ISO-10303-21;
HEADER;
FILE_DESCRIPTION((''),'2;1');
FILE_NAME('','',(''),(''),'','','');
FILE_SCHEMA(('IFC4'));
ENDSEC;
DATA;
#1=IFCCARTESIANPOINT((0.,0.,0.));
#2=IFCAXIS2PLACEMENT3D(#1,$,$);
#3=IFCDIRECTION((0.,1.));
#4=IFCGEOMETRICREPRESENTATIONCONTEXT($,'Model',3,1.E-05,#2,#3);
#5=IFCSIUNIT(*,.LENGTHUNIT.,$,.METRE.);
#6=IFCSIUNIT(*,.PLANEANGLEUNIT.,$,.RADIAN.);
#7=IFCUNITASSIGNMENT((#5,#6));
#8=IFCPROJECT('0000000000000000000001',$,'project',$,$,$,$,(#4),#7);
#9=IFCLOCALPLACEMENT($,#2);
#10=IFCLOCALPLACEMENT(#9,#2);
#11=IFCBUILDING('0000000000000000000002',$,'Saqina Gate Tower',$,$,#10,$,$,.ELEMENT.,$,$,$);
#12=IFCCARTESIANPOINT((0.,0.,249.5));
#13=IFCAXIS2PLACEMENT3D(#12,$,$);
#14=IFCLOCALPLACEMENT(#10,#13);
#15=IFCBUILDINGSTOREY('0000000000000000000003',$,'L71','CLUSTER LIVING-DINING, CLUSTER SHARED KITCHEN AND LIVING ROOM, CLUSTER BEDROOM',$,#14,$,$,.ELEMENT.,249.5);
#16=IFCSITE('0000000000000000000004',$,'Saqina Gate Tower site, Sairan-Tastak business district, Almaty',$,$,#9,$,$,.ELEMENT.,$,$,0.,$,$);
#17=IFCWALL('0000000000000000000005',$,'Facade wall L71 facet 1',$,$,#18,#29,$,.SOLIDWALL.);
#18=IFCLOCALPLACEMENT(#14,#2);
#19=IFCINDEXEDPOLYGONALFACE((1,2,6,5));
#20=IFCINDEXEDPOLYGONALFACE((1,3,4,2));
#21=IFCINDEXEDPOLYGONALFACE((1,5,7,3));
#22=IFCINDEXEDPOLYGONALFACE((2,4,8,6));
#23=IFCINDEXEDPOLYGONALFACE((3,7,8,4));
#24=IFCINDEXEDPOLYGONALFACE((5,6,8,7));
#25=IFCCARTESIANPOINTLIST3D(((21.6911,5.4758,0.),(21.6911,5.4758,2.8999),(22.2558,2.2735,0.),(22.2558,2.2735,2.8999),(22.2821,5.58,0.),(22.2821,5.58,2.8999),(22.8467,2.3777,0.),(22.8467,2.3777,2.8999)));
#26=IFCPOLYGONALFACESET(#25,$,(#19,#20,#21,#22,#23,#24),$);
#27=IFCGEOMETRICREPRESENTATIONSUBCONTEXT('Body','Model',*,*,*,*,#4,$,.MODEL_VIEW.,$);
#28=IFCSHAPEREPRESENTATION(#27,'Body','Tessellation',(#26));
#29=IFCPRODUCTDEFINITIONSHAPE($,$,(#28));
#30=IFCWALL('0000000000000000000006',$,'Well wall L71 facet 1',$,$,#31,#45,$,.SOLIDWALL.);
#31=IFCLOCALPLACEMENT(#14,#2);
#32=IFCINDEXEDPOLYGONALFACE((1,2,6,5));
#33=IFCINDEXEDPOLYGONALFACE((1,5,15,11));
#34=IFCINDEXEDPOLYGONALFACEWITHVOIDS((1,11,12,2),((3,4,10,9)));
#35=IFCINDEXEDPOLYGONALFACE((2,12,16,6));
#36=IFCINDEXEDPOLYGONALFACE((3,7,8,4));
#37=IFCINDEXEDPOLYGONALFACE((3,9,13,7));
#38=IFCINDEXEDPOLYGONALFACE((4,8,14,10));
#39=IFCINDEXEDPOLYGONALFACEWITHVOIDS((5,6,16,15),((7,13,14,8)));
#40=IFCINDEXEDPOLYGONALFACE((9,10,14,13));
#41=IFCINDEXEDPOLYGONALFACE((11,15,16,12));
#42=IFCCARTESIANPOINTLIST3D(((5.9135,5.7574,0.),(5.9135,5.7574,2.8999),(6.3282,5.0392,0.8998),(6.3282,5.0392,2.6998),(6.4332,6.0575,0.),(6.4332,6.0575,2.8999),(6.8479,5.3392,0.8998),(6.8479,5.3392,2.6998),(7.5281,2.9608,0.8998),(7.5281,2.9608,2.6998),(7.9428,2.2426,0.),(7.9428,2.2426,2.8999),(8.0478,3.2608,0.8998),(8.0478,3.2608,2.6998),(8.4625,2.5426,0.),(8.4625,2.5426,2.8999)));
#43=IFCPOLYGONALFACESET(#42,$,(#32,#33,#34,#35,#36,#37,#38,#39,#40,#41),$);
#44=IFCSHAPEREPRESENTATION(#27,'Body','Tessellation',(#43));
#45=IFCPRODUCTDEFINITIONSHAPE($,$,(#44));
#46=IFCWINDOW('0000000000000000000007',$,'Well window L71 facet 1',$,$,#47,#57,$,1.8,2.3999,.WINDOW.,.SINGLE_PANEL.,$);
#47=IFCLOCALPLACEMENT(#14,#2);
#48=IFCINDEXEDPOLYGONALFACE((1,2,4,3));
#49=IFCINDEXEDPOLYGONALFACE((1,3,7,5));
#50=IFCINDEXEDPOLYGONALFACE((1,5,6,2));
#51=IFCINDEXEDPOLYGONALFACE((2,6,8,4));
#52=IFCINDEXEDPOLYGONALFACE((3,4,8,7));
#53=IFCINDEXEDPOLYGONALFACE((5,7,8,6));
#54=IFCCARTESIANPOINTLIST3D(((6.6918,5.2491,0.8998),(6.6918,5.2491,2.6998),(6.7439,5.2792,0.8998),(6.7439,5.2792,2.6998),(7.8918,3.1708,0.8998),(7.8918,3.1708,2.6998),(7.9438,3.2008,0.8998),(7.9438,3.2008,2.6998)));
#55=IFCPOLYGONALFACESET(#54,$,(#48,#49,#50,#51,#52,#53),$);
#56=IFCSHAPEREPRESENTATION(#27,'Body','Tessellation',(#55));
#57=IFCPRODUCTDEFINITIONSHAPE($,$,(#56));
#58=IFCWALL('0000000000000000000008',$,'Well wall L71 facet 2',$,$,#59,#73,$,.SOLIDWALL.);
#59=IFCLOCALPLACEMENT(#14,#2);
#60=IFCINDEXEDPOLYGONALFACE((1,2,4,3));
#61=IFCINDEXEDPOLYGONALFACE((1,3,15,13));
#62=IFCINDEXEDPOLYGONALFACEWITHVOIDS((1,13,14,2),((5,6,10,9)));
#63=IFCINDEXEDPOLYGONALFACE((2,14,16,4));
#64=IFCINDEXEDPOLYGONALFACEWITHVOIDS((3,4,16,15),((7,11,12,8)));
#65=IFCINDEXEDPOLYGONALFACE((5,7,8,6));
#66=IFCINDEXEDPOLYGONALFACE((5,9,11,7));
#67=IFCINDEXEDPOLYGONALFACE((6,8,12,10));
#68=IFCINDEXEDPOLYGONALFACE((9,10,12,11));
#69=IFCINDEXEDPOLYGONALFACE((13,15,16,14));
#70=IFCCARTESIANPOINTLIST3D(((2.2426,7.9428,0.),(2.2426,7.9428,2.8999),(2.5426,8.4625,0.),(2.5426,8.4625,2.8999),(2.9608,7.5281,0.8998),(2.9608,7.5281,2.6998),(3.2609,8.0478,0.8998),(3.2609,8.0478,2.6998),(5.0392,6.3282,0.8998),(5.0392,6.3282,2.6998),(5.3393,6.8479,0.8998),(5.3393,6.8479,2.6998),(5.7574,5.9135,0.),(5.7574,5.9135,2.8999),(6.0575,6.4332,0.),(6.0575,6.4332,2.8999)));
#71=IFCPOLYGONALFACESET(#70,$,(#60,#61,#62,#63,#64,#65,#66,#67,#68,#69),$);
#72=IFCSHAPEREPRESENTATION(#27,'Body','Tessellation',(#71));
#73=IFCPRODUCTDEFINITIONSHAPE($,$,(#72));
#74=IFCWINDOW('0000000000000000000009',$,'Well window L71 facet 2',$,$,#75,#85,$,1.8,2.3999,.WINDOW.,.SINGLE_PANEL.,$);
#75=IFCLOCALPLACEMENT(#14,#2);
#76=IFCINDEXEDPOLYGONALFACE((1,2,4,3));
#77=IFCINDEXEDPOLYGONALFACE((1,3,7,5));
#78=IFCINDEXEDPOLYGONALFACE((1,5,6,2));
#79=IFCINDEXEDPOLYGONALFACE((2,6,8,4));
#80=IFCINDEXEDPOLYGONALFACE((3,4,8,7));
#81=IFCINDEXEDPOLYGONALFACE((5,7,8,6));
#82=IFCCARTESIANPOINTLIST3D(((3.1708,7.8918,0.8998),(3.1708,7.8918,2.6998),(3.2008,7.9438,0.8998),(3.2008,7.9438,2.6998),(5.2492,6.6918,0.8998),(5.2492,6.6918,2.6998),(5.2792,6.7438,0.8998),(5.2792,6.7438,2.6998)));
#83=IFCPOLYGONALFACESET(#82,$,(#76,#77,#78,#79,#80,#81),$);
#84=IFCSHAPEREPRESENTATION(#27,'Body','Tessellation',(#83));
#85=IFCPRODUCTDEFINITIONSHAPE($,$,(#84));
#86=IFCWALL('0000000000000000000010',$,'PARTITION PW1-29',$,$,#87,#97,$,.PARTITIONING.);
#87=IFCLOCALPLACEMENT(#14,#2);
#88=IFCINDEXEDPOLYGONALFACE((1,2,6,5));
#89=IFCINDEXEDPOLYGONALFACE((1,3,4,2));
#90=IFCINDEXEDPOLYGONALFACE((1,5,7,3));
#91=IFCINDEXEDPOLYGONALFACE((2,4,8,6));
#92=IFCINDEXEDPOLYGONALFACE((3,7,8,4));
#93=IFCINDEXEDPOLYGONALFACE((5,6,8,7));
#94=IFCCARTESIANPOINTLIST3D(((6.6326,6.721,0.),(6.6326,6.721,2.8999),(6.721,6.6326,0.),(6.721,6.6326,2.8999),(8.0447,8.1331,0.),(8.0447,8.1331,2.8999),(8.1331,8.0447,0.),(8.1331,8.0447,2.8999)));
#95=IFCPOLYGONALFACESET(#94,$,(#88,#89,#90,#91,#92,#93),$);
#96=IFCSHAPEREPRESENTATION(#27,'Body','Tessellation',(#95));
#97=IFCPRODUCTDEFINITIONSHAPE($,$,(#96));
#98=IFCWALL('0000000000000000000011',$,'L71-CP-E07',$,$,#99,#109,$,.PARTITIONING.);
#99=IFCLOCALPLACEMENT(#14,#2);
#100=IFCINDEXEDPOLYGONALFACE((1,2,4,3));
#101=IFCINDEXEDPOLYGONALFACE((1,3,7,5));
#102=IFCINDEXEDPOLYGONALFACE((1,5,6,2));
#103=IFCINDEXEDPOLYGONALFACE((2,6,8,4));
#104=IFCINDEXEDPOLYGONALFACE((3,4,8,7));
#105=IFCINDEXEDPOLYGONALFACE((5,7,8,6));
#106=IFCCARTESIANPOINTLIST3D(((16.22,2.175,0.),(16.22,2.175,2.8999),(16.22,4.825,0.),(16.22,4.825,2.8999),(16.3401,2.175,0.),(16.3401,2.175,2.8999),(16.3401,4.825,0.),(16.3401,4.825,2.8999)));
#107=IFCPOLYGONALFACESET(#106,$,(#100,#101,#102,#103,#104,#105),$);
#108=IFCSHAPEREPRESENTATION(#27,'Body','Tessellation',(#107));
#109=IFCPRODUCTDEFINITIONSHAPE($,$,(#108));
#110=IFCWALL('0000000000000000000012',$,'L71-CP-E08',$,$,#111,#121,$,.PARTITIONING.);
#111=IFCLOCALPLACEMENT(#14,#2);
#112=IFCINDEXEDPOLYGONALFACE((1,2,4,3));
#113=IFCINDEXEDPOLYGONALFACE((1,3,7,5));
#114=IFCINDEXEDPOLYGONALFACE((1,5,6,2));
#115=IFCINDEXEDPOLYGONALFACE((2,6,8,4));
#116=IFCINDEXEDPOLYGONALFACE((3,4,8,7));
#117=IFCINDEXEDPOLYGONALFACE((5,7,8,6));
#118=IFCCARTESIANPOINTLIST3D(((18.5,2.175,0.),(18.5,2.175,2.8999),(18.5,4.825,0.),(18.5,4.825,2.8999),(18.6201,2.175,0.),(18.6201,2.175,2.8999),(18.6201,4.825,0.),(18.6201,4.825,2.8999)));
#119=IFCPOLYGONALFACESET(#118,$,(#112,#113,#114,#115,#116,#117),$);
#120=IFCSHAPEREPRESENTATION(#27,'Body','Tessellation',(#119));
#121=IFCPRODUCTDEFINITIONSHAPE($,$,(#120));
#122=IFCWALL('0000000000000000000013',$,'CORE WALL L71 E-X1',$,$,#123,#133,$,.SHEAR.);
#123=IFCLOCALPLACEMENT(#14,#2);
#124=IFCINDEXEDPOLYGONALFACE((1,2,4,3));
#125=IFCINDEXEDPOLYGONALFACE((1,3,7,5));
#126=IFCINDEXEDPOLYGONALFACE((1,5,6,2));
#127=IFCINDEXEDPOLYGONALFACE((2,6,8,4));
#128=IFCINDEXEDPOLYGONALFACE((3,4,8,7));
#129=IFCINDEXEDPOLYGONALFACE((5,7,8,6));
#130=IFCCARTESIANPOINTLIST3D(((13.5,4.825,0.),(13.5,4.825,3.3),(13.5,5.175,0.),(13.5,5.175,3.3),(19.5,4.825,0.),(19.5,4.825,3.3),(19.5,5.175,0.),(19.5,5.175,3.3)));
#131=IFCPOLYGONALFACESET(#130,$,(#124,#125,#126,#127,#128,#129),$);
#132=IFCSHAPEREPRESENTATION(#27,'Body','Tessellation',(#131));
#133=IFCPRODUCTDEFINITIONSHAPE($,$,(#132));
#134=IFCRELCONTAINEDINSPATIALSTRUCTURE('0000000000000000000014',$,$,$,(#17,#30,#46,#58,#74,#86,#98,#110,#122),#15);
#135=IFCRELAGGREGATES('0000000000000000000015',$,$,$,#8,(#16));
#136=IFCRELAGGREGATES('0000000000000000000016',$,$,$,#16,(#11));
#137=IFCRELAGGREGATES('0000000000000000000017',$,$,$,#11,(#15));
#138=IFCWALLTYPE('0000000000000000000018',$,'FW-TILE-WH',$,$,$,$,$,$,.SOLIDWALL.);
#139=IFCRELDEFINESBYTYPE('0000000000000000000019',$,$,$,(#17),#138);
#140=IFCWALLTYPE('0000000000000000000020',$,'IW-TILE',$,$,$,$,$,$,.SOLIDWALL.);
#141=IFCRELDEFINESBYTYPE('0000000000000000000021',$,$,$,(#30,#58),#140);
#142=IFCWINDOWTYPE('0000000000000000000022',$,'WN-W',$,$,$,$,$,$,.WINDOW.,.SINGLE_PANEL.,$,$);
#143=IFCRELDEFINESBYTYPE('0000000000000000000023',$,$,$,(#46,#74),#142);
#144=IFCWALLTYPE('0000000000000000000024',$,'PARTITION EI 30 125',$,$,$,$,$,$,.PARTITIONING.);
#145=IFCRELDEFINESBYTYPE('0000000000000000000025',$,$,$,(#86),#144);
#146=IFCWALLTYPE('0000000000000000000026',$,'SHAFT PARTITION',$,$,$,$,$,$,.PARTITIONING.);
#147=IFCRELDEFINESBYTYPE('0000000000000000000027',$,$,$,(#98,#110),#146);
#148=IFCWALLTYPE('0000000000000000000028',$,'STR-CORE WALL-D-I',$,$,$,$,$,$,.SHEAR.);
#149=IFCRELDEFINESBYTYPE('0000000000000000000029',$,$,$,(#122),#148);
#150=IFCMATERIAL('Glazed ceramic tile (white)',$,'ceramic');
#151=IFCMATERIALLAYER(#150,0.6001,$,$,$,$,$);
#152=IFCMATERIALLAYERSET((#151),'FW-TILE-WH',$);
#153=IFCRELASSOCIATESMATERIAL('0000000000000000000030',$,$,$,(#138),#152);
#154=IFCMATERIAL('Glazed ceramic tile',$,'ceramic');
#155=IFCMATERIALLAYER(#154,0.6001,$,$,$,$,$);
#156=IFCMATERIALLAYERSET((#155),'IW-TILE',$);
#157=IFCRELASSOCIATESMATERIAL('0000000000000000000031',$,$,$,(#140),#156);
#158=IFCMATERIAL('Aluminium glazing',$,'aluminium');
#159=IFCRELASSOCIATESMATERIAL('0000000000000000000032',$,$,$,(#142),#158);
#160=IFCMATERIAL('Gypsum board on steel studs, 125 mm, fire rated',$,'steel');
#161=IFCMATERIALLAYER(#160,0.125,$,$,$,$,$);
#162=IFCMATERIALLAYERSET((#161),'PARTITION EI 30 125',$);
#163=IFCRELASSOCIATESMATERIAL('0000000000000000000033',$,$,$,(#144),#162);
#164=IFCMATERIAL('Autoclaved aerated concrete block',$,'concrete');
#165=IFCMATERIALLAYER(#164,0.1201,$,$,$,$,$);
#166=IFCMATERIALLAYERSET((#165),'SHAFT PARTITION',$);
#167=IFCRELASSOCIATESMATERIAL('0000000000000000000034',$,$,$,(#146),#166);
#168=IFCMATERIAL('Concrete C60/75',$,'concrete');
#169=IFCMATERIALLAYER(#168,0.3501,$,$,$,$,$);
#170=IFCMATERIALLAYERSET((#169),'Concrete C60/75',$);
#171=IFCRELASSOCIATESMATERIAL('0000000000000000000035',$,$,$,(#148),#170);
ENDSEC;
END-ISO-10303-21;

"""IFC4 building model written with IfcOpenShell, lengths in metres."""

from ifc_helpers import new_model, si_unit, direction, frame, frame_2d, origin, place, context, subcontext, project, spatial, rectangle, extrude, material, layer, layer_set, type_object, element, fill, save


model = new_model("IFC4")

# Units and contexts
model_context = context("Model", 3, precision=1e-05, world=origin(), true_north=direction((0.0, 1.0)))
body_context = subcontext(model_context, "Body", "Model", "MODEL_VIEW")
ifc_project = project(units=[si_unit("LENGTHUNIT", "METRE"), si_unit("PLANEANGLEUNIT", "RADIAN")], contexts=[model_context])

# Site, building, storey
site_placement = place(None, origin())
site = spatial("IfcSite", under=ifc_project, at=site_placement, Name="Saqina Gate Tower site, Sairan-Tastak business district, Almaty", CompositionType="ELEMENT", RefElevation=0.0)
building_placement = place(site_placement, origin())
building = spatial("IfcBuilding", under=site, at=building_placement, Name="Saqina Gate Tower", CompositionType="ELEMENT")
storey_placement = place(building_placement, frame((0.0, 0.0, 249.5)))
storey = spatial("IfcBuildingStorey", under=building, at=storey_placement, Name="L71", Description="CLUSTER LIVING-DINING, CLUSTER SHARED KITCHEN AND LIVING ROOM, CLUSTER BEDROOM", CompositionType="ELEMENT", Elevation=249.5)

# Wall
ifc_material_1 = material(Name="Glazed ceramic tile (white)", Category="ceramic")
ifc_layer_1 = layer(ifc_material_1, 0.6001)
ifc_layer_set_1 = layer_set([ifc_layer_1], Name="FW-TILE-WH")
wall_type_1 = type_object("IfcWallType", Name="FW-TILE-WH", PredefinedType="SOLIDWALL", material=ifc_layer_set_1)
wall_1_placement = place(storey_placement, frame((22.5513, 2.3254, 0.0), z_axis=(0.0, 0.0, 1.0), x_axis=(-0.173657, 0.984806, 0.0)))
element("IfcWall", 1, at=wall_1_placement, inside=storey, type_object=wall_type_1, Name="Facade wall L71 facet 1", PredefinedType="SOLIDWALL", context=body_context, shape_type="SweptSolid", body=[
    extrude(rectangle(XDim=3.2517, YDim=0.6001, at=frame_2d((1.626, 0.0))), origin(), (0.0, 0.0, 1.0), 2.8999),
])

# Walls, openings, windows
ifc_material_2 = material(Name="Glazed ceramic tile", Category="ceramic")
ifc_layer_2 = layer(ifc_material_2, 0.6001)
ifc_layer_set_2 = layer_set([ifc_layer_2], Name="IW-TILE")
wall_type_2 = type_object("IfcWallType", Name="IW-TILE", PredefinedType="SOLIDWALL", material=ifc_layer_set_2)
wall_2_placement = place(storey_placement, frame((8.2026, 2.3926, 0.0), z_axis=(0.0, 0.0, 1.0), x_axis=(-0.499995, 0.866028, 0.0)))
wall_2 = element("IfcWall", 2, at=wall_2_placement, inside=storey, type_object=wall_type_2, Name="Well wall L71 facet 1", PredefinedType="SOLIDWALL", context=body_context, shape_type="SweptSolid", body=[
    extrude(rectangle(XDim=4.0586, YDim=0.6001, at=frame_2d((2.0293, 0.0))), origin(), (0.0, 0.0, 1.0), 2.8999),
])
opening_1_placement = place(wall_2_placement, frame((0.8293, 0.0, 0.8999)))
opening_1 = element("IfcOpeningElement", 3, at=opening_1_placement, cuts=wall_2, PredefinedType="OPENING", context=body_context, shape_type="SweptSolid", body=[
    extrude(rectangle(XDim=2.3999, YDim=1.8, at=frame_2d((1.2, 0.8999))), frame((0.0, 0.312, 0.0), z_axis=(0.0, -1.0, 0.0), x_axis=(1.0, 0.0, 0.0)), (0.0, 0.0, 1.0), 0.624),
])
ifc_material_3 = material(Name="Aluminium glazing", Category="aluminium")
window_type = type_object("IfcWindowType", Name="WN-W", PartitioningType="SINGLE_PANEL", PredefinedType="WINDOW", material=ifc_material_3)
window_1_placement = place(opening_1_placement, origin())
window_1 = element("IfcWindow", 4, at=window_1_placement, inside=storey, type_object=window_type, Name="Well window L71 facet 1", OverallHeight=1.8, OverallWidth=2.3999, PartitioningType="SINGLE_PANEL", PredefinedType="WINDOW", context=body_context, shape_type="SweptSolid", body=[
    extrude(rectangle(XDim=2.3999, YDim=1.8, at=frame_2d((1.2, 0.8999))), frame((0.0, -0.1199, 0.0), z_axis=(0.0, -1.0, 0.0), x_axis=(1.0, 0.0, 0.0)), (0.0, 0.0, 1.0), 0.0601),
])
fill(opening_1, window_1)
wall_3_placement = place(storey_placement, frame((5.9075, 6.1733, 0.0), z_axis=(0.0, 0.0, 1.0), x_axis=(-0.866028, 0.499995, 0.0)))
wall_3 = element("IfcWall", 5, at=wall_3_placement, inside=storey, type_object=wall_type_2, Name="Well wall L71 facet 2", PredefinedType="SOLIDWALL", context=body_context, shape_type="SweptSolid", body=[
    extrude(rectangle(XDim=4.0586, YDim=0.6001, at=frame_2d((2.0293, 0.0))), origin(), (0.0, 0.0, 1.0), 2.8999),
])
opening_2_placement = place(wall_3_placement, frame((0.8293, 0.0, 0.8999)))
opening_2 = element("IfcOpeningElement", 6, at=opening_2_placement, cuts=wall_3, PredefinedType="OPENING", context=body_context, shape_type="SweptSolid", body=[
    extrude(rectangle(XDim=2.3999, YDim=1.8, at=frame_2d((1.2, 0.8999))), frame((0.0, 0.312, 0.0), z_axis=(0.0, -1.0, 0.0), x_axis=(1.0, 0.0, 0.0)), (0.0, 0.0, 1.0), 0.624),
])
window_2_placement = place(opening_2_placement, origin())
window_2 = element("IfcWindow", 7, at=window_2_placement, inside=storey, type_object=window_type, Name="Well window L71 facet 2", OverallHeight=1.8, OverallWidth=2.3999, PartitioningType="SINGLE_PANEL", PredefinedType="WINDOW", context=body_context, shape_type="SweptSolid", body=[
    extrude(rectangle(XDim=2.3999, YDim=1.8, at=frame_2d((1.2, 0.8999))), frame((0.0, -0.1199, 0.0), z_axis=(0.0, -1.0, 0.0), x_axis=(1.0, 0.0, 0.0)), (0.0, 0.0, 1.0), 0.0601),
])
fill(opening_2, window_2)

# Walls
ifc_material_4 = material(Name="Gypsum board on steel studs, 125 mm, fire rated", Category="steel")
ifc_layer_3 = layer(ifc_material_4, 0.125)
ifc_layer_set_3 = layer_set([ifc_layer_3], Name="PARTITION EI 30 125")
wall_type_3 = type_object("IfcWallType", Name="PARTITION EI 30 125", PredefinedType="PARTITIONING", material=ifc_layer_set_3)
wall_4_placement = place(storey_placement, frame((6.6768, 6.6768, 0.0), z_axis=(0.0, 0.0, 1.0), x_axis=(0.707107, 0.707107, 0.0)))
element("IfcWall", 8, at=wall_4_placement, inside=storey, type_object=wall_type_3, Name="PARTITION PW1-29", PredefinedType="PARTITIONING", context=body_context, shape_type="SweptSolid", body=[
    extrude(rectangle(XDim=1.9971, YDim=0.125, at=frame_2d((0.9985, 0.0))), origin(), (0.0, 0.0, 1.0), 2.8999),
])
ifc_material_5 = material(Name="Autoclaved aerated concrete block", Category="concrete")
ifc_layer_4 = layer(ifc_material_5, 0.1201)
ifc_layer_set_4 = layer_set([ifc_layer_4], Name="SHAFT PARTITION")
wall_type_4 = type_object("IfcWallType", Name="SHAFT PARTITION", PredefinedType="PARTITIONING", material=ifc_layer_set_4)
for number, where, z_axis, x_axis, name in (
    (9, (16.28, 2.175, 0.0), (0.0, 0.0, 1.0), (0.0, 1.0, 0.0), "L71-CP-E07"),
    (10, (18.5601, 2.175, 0.0), (0.0, 0.0, 1.0), (0.0, 1.0, 0.0), "L71-CP-E08"),
):
    element("IfcWall", number, at=place(storey_placement, frame(where, z_axis=z_axis, x_axis=x_axis)), inside=storey, type_object=wall_type_4, Name=name, PredefinedType="PARTITIONING", context=body_context, shape_type="SweptSolid", body=[
        extrude(rectangle(XDim=2.6499, YDim=0.1201, at=frame_2d((1.325, 0.0))), origin(), (0.0, 0.0, 1.0), 2.8999),
    ])
ifc_material_6 = material(Name="Concrete C60/75", Category="concrete")
ifc_layer_5 = layer(ifc_material_6, 0.3501)
ifc_layer_set_5 = layer_set([ifc_layer_5], Name="Concrete C60/75")
wall_type_5 = type_object("IfcWallType", Name="STR-CORE WALL-D-I", PredefinedType="SHEAR", material=ifc_layer_set_5)
wall_5_placement = place(storey_placement, frame((13.5, 5.0, 0.0), z_axis=(0.0, 0.0, 1.0), x_axis=(1.0, 0.0, 0.0)))
element("IfcWall", 11, at=wall_5_placement, inside=storey, type_object=wall_type_5, Name="CORE WALL L71 E-X1", PredefinedType="SHEAR", context=body_context, shape_type="SweptSolid", body=[
    extrude(rectangle(XDim=6.0, YDim=0.3501, at=frame_2d((3.0, 0.0))), origin(), (0.0, 0.0, 1.0), 3.3),
])

save(model, "model.ifc")
